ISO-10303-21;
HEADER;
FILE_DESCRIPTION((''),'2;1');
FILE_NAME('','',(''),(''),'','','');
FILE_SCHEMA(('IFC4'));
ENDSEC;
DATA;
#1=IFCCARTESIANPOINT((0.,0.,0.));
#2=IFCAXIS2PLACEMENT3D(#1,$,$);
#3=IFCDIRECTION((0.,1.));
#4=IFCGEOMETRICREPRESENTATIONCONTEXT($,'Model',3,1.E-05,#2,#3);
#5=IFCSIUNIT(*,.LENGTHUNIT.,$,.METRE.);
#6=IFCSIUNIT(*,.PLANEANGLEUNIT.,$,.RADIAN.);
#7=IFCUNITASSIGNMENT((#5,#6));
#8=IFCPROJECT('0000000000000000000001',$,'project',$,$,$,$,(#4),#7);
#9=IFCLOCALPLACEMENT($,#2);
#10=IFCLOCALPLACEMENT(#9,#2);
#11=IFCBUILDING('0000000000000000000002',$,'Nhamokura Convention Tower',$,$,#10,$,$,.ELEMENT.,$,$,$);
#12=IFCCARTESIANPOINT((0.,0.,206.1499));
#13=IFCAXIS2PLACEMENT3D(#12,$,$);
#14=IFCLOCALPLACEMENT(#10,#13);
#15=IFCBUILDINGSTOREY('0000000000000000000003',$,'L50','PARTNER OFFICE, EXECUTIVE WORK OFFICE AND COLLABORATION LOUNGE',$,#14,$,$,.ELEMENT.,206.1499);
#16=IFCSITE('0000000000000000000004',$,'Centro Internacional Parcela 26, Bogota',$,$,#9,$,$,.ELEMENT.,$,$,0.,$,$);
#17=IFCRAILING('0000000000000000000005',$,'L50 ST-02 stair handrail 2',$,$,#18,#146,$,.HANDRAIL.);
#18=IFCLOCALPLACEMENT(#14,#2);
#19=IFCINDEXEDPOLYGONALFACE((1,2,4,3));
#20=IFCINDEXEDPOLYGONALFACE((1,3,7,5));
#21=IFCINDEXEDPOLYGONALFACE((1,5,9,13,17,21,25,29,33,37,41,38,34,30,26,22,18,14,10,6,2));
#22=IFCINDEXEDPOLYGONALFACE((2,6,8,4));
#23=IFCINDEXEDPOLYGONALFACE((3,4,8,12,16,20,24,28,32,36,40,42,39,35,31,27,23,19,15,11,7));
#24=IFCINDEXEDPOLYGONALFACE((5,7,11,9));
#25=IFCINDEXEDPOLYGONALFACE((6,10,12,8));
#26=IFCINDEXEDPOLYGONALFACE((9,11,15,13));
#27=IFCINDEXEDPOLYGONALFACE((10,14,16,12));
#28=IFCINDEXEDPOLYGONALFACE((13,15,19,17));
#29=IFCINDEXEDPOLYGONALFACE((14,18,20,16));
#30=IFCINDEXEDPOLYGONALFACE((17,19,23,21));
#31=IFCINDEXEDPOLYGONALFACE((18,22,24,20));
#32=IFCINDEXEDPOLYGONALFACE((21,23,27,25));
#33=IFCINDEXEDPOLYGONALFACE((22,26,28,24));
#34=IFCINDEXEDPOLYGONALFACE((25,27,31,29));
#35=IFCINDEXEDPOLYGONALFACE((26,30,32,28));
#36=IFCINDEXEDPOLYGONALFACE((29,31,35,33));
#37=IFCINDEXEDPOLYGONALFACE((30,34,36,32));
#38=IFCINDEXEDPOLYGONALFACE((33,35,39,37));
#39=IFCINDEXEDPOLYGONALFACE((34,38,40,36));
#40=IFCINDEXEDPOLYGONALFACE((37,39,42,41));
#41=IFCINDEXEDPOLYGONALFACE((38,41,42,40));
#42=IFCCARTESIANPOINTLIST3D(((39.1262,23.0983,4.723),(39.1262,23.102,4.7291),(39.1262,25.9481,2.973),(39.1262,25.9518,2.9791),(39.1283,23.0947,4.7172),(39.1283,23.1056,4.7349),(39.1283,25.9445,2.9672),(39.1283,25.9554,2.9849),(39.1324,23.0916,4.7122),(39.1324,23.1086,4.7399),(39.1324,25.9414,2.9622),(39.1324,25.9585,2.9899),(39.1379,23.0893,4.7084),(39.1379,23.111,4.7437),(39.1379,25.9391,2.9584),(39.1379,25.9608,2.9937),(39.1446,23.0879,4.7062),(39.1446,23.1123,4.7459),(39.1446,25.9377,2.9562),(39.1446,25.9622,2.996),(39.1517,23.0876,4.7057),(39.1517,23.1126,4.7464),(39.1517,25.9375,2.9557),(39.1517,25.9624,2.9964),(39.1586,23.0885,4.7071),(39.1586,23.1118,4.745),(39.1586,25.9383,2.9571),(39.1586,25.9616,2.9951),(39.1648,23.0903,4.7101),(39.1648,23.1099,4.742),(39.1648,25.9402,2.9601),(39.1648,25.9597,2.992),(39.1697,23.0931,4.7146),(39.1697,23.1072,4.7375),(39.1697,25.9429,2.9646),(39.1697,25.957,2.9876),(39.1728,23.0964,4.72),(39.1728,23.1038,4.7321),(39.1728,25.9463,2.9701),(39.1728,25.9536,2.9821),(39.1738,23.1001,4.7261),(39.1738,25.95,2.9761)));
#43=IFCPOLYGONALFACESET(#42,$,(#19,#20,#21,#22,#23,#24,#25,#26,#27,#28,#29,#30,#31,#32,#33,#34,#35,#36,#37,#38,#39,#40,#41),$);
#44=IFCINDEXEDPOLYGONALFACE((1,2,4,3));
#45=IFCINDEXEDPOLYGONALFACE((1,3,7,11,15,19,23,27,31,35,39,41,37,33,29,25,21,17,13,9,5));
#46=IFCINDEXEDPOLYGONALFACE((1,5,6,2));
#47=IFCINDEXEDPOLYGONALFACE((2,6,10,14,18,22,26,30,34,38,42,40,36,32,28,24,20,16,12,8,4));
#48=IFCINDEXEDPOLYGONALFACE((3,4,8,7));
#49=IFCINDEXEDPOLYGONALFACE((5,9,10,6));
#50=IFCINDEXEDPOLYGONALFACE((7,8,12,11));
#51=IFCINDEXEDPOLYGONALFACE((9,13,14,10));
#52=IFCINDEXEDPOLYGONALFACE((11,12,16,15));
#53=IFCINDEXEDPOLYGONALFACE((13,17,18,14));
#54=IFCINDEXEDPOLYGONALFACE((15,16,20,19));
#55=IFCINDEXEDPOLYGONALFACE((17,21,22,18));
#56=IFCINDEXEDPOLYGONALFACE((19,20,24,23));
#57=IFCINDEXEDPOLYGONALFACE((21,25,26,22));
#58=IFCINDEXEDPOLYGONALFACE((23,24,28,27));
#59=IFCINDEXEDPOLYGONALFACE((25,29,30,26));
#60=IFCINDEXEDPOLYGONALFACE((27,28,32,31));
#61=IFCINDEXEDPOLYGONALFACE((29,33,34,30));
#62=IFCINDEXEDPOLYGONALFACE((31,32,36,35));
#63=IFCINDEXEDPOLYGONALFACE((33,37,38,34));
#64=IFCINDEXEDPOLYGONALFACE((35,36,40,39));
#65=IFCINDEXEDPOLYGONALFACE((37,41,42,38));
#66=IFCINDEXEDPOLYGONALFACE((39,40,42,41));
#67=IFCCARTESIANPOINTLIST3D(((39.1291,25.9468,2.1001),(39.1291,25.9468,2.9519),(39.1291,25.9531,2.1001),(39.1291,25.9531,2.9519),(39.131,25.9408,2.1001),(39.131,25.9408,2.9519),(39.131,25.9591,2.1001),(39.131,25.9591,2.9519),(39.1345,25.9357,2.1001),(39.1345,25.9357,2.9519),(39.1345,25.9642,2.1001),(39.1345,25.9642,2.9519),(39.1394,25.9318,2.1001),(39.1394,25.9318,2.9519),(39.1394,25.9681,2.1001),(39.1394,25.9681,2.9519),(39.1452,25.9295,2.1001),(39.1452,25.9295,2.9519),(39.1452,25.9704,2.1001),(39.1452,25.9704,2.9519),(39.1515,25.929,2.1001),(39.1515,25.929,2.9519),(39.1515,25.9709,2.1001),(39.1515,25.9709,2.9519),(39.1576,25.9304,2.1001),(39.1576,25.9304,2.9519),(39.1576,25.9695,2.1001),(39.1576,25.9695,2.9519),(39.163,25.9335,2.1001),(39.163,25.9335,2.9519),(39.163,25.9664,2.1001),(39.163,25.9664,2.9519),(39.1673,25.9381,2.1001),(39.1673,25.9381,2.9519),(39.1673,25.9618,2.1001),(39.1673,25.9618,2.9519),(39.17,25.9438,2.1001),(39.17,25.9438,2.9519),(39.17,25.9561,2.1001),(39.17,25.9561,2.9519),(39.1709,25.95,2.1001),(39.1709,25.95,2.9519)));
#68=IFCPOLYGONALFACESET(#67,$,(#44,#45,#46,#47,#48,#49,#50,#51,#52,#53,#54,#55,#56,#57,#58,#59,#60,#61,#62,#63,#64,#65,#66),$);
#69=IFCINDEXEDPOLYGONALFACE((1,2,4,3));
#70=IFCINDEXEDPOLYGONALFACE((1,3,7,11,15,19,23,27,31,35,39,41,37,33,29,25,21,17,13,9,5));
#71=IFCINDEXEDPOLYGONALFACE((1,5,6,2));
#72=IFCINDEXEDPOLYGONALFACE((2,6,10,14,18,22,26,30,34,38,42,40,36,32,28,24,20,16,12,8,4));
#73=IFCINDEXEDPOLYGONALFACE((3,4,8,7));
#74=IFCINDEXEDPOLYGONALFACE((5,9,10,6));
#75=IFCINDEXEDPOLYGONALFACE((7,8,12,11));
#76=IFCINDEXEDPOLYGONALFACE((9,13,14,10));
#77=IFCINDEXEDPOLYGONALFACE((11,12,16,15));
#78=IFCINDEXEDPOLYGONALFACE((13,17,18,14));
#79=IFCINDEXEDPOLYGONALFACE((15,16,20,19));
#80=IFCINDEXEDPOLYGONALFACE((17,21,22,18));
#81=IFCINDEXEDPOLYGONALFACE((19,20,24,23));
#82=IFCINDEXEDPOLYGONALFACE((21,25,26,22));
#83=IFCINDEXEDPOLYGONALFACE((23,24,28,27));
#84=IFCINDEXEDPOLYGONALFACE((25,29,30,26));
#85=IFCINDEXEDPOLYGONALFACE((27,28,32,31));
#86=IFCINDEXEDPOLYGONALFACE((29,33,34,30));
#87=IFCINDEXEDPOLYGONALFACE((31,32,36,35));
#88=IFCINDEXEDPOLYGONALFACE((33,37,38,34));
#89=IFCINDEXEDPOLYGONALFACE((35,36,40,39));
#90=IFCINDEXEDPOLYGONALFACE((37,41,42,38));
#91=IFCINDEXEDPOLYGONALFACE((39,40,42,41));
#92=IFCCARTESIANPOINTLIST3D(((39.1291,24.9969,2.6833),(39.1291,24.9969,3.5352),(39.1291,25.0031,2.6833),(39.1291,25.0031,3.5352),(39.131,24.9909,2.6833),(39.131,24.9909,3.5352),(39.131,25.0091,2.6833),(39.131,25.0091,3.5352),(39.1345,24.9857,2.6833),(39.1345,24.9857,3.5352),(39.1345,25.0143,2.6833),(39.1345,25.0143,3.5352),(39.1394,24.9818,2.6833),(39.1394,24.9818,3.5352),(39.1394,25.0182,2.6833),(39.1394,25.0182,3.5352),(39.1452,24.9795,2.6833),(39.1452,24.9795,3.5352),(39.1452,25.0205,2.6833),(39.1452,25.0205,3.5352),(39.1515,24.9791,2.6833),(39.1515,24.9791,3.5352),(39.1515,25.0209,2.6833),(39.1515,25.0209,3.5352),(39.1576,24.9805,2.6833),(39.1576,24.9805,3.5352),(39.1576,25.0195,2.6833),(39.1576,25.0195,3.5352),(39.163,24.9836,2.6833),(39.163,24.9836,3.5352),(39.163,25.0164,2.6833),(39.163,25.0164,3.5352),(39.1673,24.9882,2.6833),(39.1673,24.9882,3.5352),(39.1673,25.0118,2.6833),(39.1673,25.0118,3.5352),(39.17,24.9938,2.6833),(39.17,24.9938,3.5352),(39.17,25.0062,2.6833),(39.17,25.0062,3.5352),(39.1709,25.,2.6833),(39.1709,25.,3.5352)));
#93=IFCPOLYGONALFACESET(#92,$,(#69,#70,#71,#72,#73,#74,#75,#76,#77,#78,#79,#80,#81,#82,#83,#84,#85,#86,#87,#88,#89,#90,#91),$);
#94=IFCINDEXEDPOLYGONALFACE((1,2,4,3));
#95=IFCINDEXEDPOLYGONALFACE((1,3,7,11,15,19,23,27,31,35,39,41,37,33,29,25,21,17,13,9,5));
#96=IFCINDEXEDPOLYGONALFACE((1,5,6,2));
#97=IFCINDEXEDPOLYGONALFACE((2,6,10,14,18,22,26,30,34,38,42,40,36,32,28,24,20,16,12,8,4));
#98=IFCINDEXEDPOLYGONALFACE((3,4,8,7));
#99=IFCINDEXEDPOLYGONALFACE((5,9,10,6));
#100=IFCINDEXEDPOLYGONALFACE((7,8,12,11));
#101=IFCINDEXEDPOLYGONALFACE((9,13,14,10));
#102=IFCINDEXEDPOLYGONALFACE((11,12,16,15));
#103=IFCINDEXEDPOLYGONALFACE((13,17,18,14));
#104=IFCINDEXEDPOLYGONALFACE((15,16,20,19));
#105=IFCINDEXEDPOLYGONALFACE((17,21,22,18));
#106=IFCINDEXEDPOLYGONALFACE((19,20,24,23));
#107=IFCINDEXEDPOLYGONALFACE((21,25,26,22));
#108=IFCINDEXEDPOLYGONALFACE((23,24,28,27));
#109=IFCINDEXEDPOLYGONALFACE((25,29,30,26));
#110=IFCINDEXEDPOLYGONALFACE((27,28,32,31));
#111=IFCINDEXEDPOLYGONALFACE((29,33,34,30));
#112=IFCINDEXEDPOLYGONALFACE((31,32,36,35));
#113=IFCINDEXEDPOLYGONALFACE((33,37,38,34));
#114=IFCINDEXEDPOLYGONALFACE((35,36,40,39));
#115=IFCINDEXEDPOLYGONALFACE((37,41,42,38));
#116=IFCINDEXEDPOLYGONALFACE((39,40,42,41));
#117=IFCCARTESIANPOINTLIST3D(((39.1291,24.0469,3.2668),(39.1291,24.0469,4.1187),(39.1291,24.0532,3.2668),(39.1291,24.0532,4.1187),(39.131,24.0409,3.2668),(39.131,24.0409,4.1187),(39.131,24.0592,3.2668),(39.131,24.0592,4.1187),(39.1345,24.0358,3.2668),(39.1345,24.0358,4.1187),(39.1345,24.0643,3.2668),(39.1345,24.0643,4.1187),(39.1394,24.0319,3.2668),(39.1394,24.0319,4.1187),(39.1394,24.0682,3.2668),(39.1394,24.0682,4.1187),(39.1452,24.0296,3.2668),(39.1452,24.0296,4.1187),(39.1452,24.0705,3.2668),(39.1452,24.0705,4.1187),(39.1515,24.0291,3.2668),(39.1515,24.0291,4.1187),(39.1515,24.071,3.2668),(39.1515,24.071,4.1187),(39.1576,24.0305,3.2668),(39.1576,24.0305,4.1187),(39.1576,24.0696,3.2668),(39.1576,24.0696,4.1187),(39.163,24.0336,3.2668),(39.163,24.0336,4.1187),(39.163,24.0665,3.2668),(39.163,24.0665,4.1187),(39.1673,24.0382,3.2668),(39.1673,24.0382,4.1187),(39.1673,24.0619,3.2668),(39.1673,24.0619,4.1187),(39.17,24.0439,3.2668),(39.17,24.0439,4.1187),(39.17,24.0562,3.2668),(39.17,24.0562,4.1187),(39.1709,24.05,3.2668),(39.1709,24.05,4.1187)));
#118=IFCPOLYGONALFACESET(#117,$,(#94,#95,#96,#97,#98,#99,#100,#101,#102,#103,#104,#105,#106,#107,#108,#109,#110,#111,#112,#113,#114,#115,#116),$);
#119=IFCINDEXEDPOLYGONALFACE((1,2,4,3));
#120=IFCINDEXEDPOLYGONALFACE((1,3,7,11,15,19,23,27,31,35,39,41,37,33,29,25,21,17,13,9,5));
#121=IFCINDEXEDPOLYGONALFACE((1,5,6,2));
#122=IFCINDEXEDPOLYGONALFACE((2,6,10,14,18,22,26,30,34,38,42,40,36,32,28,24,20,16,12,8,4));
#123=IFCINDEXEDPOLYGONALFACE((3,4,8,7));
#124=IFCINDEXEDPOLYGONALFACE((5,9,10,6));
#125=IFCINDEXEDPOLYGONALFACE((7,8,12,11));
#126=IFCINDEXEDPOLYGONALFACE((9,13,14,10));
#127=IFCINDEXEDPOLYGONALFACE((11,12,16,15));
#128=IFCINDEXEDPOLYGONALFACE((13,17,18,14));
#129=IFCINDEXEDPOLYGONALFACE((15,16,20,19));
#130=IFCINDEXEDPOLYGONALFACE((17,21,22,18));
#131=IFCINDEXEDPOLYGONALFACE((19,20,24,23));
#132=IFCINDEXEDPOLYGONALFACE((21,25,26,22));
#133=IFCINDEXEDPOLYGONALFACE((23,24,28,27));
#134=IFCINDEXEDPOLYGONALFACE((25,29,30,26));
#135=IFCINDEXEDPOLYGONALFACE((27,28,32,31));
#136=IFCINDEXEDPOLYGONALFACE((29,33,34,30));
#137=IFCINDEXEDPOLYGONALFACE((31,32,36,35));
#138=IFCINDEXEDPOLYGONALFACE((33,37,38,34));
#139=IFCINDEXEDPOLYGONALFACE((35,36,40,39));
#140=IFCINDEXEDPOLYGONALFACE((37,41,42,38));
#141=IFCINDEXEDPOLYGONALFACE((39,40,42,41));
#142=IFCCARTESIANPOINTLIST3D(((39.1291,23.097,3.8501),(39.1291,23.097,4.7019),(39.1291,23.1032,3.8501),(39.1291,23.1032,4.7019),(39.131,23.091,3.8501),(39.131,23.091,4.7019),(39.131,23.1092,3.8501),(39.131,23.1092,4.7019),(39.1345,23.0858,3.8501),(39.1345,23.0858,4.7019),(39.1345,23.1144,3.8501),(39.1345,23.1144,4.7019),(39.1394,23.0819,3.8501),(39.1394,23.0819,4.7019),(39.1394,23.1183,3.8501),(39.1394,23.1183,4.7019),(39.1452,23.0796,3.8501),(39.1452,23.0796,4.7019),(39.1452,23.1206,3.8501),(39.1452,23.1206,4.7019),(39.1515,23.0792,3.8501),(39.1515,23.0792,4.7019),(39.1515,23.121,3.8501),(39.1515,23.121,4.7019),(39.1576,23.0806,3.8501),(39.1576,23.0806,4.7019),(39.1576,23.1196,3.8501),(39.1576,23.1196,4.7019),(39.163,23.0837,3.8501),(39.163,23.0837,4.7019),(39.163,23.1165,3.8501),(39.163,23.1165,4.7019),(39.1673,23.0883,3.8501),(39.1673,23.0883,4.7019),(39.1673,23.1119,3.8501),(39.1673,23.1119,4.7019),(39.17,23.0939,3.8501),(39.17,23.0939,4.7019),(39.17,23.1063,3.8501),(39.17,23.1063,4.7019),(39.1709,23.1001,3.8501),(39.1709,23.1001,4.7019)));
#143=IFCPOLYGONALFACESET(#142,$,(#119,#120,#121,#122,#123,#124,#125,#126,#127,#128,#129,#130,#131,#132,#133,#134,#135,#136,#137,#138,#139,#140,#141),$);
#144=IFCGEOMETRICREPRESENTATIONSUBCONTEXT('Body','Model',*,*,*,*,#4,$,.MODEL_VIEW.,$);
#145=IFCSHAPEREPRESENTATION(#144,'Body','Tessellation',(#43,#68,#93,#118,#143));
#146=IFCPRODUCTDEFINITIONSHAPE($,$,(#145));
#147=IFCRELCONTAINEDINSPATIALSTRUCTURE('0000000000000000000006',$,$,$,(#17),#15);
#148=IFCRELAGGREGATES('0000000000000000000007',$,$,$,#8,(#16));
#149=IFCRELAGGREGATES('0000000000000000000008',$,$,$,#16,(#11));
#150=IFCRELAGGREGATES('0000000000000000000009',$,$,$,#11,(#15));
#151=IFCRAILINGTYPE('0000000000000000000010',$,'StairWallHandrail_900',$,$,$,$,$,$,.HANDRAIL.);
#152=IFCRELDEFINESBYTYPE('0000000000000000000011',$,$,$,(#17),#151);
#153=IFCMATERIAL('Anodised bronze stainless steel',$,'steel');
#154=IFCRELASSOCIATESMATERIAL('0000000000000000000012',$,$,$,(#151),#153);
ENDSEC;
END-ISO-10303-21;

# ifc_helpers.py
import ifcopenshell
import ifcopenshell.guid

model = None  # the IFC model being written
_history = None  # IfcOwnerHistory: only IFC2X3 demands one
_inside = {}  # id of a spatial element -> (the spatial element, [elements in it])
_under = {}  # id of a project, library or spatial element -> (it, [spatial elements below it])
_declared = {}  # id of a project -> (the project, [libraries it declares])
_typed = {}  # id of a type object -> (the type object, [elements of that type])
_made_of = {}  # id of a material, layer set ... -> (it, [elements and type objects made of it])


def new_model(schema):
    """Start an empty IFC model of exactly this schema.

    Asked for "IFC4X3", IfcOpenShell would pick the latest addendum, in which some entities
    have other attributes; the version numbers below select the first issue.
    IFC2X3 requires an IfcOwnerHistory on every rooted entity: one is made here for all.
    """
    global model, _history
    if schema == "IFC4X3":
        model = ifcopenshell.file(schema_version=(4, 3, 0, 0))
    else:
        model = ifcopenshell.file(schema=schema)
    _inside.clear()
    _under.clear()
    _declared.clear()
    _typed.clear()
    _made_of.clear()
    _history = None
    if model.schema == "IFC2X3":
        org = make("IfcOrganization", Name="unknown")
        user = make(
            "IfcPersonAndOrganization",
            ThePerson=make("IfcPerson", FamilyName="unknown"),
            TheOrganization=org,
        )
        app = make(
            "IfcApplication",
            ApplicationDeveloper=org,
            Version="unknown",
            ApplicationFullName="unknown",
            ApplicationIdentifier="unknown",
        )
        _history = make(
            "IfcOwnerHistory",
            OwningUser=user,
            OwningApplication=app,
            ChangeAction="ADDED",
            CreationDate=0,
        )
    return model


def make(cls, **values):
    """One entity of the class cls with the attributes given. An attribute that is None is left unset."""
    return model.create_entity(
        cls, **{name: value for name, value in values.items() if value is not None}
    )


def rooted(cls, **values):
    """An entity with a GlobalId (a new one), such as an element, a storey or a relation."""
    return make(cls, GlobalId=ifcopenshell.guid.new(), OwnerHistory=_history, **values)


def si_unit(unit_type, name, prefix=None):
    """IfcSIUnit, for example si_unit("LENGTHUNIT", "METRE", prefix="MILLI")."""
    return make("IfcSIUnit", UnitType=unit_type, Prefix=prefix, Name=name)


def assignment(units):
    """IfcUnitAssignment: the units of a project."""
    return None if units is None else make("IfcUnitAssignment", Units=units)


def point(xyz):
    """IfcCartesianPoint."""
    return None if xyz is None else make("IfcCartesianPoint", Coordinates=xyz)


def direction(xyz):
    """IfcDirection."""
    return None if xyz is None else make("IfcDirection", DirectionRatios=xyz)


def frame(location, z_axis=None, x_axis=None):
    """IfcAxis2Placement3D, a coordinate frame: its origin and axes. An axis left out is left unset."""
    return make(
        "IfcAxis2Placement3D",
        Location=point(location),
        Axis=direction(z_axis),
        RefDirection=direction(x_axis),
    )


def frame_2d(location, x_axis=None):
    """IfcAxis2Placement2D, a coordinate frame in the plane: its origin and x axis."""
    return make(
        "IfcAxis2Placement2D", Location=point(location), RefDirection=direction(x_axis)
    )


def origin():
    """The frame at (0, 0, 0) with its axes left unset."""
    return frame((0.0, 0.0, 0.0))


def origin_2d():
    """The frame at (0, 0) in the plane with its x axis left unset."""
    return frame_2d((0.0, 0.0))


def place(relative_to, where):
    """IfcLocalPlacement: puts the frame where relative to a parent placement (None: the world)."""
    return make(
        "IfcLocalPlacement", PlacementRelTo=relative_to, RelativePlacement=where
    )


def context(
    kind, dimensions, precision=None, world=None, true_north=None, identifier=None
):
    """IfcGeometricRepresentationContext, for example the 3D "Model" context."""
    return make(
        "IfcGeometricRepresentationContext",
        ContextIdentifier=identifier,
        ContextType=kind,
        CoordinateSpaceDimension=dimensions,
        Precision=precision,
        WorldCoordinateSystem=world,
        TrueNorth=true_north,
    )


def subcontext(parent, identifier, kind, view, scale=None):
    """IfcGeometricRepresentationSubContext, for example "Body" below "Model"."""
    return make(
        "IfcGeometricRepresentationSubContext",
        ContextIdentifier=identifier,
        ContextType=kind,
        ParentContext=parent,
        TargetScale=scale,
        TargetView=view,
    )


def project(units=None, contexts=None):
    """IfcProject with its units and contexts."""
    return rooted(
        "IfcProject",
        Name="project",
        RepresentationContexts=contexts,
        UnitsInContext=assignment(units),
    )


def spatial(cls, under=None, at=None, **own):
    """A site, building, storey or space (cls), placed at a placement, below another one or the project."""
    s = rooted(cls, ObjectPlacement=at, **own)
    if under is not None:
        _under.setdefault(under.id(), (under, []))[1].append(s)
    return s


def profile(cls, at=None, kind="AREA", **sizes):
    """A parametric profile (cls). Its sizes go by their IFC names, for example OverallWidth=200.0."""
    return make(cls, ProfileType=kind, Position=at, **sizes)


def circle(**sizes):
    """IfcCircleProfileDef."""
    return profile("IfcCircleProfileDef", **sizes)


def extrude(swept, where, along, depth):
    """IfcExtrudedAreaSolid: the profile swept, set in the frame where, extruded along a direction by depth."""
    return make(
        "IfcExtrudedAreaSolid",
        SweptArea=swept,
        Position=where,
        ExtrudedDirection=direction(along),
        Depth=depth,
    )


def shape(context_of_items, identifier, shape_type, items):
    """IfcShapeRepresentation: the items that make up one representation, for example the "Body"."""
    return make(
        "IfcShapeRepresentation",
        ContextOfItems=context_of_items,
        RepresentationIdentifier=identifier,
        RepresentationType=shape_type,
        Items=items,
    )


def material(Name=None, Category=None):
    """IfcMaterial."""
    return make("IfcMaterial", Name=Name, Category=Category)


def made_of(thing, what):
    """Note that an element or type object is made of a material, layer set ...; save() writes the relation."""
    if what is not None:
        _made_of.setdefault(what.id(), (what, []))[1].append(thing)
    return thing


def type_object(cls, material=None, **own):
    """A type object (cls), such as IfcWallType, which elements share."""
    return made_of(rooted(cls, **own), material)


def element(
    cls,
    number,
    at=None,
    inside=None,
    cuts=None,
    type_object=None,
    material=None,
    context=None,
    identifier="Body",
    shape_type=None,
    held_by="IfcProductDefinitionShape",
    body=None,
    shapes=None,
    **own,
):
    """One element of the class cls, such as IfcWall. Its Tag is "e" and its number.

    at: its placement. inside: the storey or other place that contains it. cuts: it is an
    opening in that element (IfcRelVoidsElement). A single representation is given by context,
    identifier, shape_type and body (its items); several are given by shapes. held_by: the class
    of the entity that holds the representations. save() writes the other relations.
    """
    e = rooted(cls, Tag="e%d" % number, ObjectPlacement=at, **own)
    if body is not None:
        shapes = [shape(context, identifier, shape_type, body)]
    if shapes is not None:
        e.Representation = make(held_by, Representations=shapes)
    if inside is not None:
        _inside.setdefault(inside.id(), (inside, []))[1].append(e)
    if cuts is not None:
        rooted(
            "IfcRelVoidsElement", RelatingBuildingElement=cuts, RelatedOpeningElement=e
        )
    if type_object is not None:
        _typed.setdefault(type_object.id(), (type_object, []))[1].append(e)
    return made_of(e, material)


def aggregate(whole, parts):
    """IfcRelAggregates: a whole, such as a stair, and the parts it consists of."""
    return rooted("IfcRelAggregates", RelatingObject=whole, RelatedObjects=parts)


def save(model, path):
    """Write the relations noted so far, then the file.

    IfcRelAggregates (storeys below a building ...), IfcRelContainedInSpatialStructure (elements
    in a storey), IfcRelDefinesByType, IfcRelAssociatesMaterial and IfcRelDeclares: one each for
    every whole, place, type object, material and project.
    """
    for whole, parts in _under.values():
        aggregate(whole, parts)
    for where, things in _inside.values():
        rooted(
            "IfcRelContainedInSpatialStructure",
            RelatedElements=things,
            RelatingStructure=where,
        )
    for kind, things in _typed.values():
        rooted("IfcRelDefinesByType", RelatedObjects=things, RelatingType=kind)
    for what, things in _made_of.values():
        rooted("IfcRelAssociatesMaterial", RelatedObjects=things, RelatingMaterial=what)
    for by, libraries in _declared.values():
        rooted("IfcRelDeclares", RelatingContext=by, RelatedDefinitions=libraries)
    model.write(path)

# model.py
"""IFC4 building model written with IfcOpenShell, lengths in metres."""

from ifc_helpers import new_model, si_unit, direction, frame, origin, origin_2d, place, context, subcontext, project, spatial, circle, extrude, material, type_object, element, save


model = new_model("IFC4")

# Units and contexts
model_context = context("Model", 3, precision=1e-05, world=origin(), true_north=direction((0.0, 1.0)))
body_context = subcontext(model_context, "Body", "Model", "MODEL_VIEW")
ifc_project = project(units=[si_unit("LENGTHUNIT", "METRE"), si_unit("PLANEANGLEUNIT", "RADIAN")], contexts=[model_context])

# Site, building, storey
site_placement = place(None, origin())
site = spatial("IfcSite", under=ifc_project, at=site_placement, Name="Centro Internacional Parcela 26, Bogota", CompositionType="ELEMENT", RefElevation=0.0)
building_placement = place(site_placement, origin())
building = spatial("IfcBuilding", under=site, at=building_placement, Name="Nhamokura Convention Tower", CompositionType="ELEMENT")
storey_placement = place(building_placement, frame((0.0, 0.0, 206.1499)))
storey = spatial("IfcBuildingStorey", under=building, at=storey_placement, Name="L50", Description="PARTNER OFFICE, EXECUTIVE WORK OFFICE AND COLLABORATION LOUNGE", CompositionType="ELEMENT", Elevation=206.1499)

# Railing
ifc_material_1 = material(Name="Anodised bronze stainless steel", Category="steel")
railing_type_1 = type_object("IfcRailingType", Name="StairWallHandrail_900", PredefinedType="HANDRAIL", material=ifc_material_1)
railing_1_placement = place(storey_placement, frame((39.1499, 25.95, 2.1001)))
element("IfcRailing", 1, at=railing_1_placement, inside=storey, type_object=railing_type_1, Name="L50 ST-02 stair handrail 2", PredefinedType="HANDRAIL", context=body_context, shape_type="SweptSolid", body=[
    extrude(circle(Radius=0.0239, at=origin_2d()), frame((0.0, 0.0, 0.876), z_axis=(0.0, -0.852159, 0.523283), x_axis=(1.0, 0.0, 0.0)), (0.0, 0.0, 1.0), 3.3442),
    extrude(circle(Radius=0.021, at=origin_2d()), origin(), (0.0, 0.0, 1.0), 0.8518),
    extrude(circle(Radius=0.021, at=origin_2d()), frame((0.0, -0.95, 0.5833)), (0.0, 0.0, 1.0), 0.8518),
    extrude(circle(Radius=0.021, at=origin_2d()), frame((0.0, -1.8999, 1.1667)), (0.0, 0.0, 1.0), 0.8518),
    extrude(circle(Radius=0.021, at=origin_2d()), frame((0.0, -2.8499, 1.75)), (0.0, 0.0, 1.0), 0.8518),
])

save(model, "model.ifc")
